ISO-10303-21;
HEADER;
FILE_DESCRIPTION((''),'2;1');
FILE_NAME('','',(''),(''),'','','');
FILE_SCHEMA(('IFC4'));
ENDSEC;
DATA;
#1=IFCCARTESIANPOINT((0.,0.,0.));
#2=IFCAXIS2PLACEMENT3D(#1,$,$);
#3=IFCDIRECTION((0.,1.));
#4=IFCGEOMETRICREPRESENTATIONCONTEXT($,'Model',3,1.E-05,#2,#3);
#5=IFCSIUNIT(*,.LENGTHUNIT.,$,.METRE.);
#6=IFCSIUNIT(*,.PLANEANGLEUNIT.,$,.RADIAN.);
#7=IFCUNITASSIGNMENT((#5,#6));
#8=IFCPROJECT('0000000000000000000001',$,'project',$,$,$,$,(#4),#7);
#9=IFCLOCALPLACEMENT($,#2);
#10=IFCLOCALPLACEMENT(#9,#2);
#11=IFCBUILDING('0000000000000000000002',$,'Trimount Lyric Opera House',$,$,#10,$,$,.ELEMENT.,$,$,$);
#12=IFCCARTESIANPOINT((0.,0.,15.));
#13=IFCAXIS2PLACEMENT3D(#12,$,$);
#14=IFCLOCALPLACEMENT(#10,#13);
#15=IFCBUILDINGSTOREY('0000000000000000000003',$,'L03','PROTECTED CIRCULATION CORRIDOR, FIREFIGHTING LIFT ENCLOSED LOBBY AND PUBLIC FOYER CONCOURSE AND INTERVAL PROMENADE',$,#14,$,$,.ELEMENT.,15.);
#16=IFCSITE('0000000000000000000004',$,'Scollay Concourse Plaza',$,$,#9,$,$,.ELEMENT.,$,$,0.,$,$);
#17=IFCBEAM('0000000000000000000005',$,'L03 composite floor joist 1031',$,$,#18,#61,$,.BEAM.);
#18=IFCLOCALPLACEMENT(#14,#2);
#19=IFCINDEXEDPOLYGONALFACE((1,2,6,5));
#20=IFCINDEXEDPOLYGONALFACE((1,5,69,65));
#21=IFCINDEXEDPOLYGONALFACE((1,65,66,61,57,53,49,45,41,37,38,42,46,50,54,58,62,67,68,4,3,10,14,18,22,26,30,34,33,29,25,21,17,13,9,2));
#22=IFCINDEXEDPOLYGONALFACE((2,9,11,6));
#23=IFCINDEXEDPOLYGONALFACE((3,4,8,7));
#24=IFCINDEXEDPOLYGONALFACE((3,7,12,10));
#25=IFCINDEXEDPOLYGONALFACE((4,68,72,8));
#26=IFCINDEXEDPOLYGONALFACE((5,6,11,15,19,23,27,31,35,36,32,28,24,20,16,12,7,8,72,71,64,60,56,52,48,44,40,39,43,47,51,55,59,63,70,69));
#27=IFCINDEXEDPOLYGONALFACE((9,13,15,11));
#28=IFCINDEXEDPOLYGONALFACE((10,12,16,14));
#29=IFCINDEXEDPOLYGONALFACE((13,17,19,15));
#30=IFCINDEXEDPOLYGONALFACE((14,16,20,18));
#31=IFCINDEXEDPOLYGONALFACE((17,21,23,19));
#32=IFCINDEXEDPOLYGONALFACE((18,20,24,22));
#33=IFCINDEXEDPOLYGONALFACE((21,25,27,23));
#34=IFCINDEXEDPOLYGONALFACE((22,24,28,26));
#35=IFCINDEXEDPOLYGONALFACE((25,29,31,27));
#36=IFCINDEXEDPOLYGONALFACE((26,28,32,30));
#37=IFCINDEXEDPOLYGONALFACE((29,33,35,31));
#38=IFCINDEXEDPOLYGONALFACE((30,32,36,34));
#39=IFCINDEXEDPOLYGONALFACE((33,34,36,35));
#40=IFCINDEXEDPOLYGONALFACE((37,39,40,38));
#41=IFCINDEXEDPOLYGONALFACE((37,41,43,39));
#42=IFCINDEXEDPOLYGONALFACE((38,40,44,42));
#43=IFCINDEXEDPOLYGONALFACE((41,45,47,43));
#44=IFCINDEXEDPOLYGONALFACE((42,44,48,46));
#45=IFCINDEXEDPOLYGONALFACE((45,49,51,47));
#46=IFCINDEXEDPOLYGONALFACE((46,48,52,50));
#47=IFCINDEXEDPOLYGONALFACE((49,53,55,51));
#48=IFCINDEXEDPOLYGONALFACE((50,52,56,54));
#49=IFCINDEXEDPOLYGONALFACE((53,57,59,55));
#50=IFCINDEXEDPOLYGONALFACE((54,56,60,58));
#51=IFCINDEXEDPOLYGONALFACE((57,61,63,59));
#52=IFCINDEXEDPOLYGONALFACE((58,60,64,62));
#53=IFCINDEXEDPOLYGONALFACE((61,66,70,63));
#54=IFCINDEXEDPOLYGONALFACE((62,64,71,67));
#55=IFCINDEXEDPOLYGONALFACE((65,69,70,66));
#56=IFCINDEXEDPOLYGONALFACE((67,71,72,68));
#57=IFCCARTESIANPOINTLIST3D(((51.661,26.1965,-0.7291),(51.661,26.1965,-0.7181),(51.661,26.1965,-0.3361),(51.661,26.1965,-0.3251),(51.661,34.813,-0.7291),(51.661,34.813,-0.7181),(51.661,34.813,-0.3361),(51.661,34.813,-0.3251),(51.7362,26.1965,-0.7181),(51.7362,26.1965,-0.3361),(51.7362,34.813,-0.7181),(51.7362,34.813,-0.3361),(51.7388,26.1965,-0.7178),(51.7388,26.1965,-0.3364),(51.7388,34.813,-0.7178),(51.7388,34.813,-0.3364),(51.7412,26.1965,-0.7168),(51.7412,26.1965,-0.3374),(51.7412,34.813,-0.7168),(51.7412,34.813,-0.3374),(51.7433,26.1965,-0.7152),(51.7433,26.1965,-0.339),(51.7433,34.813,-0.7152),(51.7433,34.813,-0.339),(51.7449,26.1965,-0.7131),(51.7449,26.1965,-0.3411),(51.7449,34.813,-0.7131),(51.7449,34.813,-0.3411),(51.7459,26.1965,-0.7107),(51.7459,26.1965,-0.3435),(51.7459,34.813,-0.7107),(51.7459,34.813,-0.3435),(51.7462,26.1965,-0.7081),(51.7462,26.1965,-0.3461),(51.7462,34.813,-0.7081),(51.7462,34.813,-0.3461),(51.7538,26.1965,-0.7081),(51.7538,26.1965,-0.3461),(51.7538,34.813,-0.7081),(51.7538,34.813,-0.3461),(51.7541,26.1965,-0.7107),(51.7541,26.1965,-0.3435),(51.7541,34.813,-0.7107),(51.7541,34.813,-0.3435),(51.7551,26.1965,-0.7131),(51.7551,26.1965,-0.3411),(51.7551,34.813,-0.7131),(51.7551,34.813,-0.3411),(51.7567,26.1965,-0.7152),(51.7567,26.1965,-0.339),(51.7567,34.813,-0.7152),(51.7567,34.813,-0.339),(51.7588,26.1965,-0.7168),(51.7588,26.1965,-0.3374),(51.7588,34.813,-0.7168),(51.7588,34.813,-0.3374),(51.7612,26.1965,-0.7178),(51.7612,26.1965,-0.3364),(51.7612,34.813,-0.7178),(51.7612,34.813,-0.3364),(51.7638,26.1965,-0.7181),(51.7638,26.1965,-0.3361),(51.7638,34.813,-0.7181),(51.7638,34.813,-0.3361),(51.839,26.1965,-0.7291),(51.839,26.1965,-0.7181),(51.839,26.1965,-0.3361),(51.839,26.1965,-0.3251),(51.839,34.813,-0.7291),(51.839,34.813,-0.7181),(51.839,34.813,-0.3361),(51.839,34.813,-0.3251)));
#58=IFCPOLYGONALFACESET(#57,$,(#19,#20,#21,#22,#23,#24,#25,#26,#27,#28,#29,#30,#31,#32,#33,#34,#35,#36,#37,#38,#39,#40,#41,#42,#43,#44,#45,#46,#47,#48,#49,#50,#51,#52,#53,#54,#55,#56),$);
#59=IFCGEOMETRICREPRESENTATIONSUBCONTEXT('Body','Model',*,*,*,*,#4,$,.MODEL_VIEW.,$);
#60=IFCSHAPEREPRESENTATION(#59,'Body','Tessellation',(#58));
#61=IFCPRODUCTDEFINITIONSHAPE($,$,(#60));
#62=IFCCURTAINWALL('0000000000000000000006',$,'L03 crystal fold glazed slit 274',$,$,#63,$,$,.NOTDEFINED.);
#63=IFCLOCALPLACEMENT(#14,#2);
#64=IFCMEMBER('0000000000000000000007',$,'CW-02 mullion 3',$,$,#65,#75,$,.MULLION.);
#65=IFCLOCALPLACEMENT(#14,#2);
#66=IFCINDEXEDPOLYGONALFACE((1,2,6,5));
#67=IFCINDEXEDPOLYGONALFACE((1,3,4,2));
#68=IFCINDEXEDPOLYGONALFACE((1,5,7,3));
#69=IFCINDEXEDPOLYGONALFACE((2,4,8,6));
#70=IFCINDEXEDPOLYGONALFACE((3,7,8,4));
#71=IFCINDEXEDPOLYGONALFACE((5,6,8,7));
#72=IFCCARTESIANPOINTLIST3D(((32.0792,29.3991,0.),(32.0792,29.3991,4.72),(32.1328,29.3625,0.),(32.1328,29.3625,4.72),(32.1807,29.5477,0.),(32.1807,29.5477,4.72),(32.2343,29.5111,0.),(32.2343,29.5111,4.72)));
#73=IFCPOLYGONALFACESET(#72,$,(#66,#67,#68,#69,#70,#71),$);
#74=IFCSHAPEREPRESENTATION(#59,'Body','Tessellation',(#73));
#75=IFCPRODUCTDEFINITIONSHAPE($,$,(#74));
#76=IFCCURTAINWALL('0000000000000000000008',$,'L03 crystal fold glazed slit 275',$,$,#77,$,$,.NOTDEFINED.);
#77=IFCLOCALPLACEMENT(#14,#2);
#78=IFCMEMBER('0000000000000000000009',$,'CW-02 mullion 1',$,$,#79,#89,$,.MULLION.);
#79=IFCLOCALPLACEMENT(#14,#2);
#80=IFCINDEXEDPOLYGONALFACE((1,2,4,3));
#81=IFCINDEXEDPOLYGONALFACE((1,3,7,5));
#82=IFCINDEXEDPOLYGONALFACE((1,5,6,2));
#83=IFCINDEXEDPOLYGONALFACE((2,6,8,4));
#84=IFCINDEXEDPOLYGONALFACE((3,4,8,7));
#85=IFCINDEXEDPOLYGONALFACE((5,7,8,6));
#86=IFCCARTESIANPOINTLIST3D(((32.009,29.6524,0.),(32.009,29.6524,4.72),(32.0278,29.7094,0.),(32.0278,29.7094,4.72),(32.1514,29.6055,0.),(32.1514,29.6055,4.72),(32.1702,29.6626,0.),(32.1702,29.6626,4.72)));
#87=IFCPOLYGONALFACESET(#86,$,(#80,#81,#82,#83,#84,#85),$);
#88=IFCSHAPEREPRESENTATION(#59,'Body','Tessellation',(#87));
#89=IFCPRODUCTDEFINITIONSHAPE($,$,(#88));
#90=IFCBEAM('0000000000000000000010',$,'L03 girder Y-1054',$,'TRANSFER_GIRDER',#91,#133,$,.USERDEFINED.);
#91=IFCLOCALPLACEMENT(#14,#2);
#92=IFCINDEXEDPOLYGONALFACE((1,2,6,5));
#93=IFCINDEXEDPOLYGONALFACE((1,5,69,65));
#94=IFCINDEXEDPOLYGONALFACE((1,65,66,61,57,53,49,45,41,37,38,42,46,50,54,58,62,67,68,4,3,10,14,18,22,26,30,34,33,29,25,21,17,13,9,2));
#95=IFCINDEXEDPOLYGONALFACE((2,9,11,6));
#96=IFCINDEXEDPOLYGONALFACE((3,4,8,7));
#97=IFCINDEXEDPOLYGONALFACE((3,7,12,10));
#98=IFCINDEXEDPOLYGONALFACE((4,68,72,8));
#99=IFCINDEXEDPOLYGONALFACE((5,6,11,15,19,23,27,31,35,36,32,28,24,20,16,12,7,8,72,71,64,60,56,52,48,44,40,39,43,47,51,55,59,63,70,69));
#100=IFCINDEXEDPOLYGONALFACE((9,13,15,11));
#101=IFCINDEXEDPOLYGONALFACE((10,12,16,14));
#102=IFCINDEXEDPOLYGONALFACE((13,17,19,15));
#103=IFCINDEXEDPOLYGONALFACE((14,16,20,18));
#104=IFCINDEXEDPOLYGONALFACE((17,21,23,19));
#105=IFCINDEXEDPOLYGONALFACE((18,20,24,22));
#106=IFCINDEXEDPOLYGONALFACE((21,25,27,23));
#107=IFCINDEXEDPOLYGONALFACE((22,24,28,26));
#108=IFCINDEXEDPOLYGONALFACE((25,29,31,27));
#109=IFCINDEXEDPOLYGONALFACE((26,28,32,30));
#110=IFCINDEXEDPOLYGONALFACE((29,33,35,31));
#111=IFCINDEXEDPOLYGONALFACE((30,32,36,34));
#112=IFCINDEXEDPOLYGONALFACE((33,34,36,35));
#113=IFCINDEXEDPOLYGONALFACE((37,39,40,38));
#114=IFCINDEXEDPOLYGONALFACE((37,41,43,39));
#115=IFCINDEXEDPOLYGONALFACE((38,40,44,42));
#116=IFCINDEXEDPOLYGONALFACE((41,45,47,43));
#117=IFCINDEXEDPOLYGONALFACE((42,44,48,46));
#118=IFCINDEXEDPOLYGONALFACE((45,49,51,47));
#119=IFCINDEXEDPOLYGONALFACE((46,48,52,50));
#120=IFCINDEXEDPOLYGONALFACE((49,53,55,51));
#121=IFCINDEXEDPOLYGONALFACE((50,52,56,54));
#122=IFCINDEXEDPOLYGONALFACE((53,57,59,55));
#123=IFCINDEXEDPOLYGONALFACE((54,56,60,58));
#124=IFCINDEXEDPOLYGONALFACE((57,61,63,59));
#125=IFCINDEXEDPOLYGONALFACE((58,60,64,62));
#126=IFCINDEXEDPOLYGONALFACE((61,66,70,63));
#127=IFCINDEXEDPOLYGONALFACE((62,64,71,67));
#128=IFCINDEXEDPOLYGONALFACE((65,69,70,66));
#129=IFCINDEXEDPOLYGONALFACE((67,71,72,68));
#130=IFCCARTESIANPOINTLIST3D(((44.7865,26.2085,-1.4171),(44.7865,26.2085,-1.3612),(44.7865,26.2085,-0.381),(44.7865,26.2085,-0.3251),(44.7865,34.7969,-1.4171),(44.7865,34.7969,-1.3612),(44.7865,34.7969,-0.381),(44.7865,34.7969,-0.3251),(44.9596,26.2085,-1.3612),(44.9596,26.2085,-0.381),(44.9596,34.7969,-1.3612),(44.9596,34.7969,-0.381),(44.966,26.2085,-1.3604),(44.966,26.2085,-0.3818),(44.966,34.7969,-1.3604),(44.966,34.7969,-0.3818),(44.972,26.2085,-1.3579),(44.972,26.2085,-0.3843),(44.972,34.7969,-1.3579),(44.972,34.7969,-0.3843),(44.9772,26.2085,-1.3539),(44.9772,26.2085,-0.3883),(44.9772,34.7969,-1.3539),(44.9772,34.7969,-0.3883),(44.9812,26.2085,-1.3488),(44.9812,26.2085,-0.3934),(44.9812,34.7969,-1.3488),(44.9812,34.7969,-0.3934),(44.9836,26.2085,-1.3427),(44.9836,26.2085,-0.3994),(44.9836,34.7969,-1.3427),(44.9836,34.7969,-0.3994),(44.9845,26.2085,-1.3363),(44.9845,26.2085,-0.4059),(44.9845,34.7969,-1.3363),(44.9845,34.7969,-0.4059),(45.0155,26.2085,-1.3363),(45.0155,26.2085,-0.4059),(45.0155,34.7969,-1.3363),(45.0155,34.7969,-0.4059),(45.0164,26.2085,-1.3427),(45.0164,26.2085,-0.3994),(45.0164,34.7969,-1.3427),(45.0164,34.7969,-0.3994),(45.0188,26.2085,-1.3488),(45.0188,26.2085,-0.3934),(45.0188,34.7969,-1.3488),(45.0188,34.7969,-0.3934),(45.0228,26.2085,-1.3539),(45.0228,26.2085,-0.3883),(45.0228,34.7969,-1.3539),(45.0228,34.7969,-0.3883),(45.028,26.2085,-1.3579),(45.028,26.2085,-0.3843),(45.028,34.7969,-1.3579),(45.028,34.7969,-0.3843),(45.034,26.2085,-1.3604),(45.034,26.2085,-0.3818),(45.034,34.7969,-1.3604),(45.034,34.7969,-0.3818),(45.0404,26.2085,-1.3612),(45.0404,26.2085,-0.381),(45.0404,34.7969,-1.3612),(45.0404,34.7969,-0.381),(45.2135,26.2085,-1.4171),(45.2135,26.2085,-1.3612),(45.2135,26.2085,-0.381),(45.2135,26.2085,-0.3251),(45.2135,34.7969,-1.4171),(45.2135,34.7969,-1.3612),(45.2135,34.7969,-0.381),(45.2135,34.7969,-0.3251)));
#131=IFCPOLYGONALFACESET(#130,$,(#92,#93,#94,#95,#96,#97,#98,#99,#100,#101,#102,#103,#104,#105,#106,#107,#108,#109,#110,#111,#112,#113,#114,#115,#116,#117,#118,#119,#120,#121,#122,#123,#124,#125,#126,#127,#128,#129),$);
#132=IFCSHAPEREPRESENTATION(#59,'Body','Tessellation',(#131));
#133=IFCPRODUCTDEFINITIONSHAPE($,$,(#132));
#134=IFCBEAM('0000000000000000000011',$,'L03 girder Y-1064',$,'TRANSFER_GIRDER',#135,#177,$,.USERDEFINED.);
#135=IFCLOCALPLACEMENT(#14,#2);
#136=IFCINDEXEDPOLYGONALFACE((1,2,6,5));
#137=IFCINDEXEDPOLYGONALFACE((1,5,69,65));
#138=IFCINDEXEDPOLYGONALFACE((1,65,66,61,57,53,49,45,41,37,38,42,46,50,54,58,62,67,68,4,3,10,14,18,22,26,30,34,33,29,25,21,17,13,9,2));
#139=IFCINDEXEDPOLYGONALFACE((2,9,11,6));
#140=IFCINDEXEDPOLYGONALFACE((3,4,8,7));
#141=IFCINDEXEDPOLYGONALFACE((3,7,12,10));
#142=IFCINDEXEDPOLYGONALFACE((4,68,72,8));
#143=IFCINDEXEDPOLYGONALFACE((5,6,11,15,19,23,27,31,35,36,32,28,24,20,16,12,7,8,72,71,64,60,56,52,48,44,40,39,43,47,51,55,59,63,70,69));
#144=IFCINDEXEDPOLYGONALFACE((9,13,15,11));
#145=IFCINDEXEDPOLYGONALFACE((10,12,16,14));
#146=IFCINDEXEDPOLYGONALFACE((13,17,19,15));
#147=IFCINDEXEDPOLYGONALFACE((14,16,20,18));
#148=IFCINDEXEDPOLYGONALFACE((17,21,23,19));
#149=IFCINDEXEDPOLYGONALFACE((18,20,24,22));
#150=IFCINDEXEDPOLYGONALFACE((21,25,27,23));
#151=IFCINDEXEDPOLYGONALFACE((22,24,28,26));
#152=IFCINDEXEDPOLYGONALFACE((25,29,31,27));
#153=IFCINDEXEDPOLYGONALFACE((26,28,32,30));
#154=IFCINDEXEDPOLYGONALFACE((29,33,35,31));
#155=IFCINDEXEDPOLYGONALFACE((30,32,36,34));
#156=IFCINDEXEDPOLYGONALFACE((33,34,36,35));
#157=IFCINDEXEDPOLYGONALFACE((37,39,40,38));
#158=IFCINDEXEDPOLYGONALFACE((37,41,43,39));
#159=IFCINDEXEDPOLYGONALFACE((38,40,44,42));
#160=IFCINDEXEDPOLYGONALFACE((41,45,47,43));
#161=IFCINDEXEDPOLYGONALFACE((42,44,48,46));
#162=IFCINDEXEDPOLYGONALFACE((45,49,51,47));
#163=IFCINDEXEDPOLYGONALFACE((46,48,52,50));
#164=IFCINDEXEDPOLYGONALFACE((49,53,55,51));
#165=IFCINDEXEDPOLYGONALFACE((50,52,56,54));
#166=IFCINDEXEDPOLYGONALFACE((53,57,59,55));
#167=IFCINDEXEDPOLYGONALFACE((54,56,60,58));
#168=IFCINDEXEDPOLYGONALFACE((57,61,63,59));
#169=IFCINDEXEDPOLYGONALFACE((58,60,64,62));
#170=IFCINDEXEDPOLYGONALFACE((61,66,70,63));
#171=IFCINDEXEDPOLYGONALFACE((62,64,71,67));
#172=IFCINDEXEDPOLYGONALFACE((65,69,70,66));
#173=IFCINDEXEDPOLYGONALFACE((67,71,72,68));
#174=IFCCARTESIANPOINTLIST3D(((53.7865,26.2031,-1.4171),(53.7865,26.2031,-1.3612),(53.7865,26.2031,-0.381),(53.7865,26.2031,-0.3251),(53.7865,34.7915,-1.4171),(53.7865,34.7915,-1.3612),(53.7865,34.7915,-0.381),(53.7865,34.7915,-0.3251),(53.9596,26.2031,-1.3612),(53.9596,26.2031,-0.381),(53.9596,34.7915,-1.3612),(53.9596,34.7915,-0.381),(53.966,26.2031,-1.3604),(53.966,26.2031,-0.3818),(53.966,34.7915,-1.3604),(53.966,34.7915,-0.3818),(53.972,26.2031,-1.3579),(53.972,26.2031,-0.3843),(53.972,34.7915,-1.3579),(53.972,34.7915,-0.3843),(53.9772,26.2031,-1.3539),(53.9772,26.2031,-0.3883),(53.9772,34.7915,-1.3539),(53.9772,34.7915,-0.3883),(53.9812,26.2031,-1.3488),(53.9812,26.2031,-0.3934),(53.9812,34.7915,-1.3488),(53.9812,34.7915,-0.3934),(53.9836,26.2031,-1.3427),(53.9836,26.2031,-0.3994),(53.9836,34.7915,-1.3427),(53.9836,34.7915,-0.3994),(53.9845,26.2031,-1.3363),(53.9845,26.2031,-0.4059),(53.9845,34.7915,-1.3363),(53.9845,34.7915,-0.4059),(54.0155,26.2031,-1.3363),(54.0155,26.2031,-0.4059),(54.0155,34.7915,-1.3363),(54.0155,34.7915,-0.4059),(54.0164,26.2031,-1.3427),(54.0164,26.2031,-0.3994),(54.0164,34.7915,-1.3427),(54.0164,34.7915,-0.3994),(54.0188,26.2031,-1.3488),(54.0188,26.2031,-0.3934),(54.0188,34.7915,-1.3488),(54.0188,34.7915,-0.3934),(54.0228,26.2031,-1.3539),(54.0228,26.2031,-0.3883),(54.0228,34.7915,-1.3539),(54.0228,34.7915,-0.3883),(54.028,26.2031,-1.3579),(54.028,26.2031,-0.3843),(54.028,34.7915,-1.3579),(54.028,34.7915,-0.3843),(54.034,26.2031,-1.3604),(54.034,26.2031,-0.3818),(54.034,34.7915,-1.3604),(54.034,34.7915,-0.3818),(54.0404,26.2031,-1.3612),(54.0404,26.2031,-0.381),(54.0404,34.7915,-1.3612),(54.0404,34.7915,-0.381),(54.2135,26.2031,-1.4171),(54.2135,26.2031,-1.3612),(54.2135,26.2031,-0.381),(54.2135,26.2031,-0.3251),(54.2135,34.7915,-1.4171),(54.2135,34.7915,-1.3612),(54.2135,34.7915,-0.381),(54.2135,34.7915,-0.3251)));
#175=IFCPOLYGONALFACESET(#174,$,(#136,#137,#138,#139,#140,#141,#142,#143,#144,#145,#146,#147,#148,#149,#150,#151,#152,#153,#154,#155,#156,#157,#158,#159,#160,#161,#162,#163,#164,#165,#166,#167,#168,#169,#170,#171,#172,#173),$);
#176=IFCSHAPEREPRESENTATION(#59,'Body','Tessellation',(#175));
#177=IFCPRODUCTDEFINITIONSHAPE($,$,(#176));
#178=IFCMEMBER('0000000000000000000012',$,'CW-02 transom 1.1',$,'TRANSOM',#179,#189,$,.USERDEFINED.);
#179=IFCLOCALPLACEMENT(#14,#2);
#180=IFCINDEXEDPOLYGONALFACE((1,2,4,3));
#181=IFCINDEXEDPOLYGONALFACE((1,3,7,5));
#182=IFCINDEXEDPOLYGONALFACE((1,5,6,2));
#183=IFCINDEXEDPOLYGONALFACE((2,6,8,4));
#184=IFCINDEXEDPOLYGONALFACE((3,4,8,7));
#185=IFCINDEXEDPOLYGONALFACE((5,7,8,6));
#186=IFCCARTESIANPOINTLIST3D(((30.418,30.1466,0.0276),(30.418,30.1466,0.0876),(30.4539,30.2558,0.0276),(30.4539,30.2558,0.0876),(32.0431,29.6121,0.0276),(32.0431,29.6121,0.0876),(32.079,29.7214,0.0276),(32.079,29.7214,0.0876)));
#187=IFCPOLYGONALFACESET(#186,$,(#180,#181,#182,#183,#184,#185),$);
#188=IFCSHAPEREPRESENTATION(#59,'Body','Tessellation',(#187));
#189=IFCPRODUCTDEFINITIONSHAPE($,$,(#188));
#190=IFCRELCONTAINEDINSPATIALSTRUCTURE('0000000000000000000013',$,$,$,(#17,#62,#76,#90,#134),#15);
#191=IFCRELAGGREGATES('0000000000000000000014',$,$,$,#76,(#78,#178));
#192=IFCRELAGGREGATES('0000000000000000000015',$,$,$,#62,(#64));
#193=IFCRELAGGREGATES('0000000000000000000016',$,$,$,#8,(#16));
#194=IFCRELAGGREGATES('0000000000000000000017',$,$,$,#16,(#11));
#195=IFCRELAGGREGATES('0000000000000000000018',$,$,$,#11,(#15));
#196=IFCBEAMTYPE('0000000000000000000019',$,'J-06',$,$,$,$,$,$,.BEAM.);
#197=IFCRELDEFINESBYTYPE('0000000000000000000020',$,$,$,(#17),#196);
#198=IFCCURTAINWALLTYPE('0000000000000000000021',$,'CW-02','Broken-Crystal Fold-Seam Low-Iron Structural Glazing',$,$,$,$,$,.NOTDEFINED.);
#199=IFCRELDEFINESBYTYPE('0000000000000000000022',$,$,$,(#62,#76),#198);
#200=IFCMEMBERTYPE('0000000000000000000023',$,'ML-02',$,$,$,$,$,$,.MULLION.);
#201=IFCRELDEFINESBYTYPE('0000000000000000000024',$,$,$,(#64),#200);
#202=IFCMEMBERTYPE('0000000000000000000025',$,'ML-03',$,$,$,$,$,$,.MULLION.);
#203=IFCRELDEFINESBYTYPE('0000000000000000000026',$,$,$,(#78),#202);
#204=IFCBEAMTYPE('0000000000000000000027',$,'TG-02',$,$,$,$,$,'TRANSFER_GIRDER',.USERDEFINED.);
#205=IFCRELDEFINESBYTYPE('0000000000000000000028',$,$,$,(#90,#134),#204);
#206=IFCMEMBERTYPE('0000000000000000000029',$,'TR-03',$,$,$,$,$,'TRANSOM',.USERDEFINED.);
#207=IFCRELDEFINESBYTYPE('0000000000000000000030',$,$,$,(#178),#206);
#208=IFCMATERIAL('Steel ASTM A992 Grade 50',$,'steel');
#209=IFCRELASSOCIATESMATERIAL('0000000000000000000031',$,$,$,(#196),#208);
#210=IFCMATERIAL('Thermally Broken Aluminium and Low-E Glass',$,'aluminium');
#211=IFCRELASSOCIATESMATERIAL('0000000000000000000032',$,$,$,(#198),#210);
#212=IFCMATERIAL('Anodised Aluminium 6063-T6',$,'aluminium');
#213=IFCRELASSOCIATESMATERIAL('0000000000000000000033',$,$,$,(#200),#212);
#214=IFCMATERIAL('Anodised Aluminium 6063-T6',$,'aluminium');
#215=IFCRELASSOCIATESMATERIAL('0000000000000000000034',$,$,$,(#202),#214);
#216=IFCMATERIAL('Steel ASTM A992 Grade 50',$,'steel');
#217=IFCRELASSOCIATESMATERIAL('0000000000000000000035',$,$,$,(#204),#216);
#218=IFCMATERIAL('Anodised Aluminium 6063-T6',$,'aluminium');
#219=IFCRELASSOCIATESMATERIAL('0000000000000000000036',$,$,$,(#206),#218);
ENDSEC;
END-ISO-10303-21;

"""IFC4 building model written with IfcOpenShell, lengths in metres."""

from ifc_helpers import new_model, si_unit, direction, frame, origin, origin_2d, place, context, subcontext, project, spatial, rectangle, i_section, extrude, material, material_profile, profile_set, type_object, element, aggregate, save


model = new_model("IFC4")

# Units and contexts
model_context = context("Model", 3, precision=1e-05, world=origin(), true_north=direction((0.0, 1.0)))
body_context = subcontext(model_context, "Body", "Model", "MODEL_VIEW")
ifc_project = project(units=[si_unit("LENGTHUNIT", "METRE"), si_unit("PLANEANGLEUNIT", "RADIAN")], contexts=[model_context])

# Site, building, storey
site_placement = place(None, origin())
site = spatial("IfcSite", under=ifc_project, at=site_placement, Name="Scollay Concourse Plaza", CompositionType="ELEMENT", RefElevation=0.0)
building_placement = place(site_placement, origin())
building = spatial("IfcBuilding", under=site, at=building_placement, Name="Trimount Lyric Opera House", CompositionType="ELEMENT")
storey_placement = place(building_placement, frame((0.0, 0.0, 15.0)))
storey = spatial("IfcBuildingStorey", under=building, at=storey_placement, Name="L03", Description="PROTECTED CIRCULATION CORRIDOR, FIREFIGHTING LIFT ENCLOSED LOBBY AND PUBLIC FOYER CONCOURSE AND INTERVAL PROMENADE", CompositionType="ELEMENT", Elevation=15.0)

# Beam
ifc_material_1 = material(Name="Steel ASTM A992 Grade 50", Category="steel")
ifc_material_profile_1 = material_profile(ifc_material_1, i_section(OverallWidth=0.178, OverallDepth=0.4041, WebThickness=0.0076, FlangeThickness=0.011, FilletRadius=0.01, at=origin_2d()), Name="W16X36")
ifc_profile_set_1 = profile_set([ifc_material_profile_1], Name="Steel ASTM A992 Grade 50")
beam_type_1 = type_object("IfcBeamType", Name="J-06", PredefinedType="BEAM", material=ifc_profile_set_1)
beam_1_placement = place(storey_placement, frame((51.75, 26.1965, -0.5271), z_axis=(0.0, 1.0, 0.0), x_axis=(-1.0, 0.0, 0.0)))
element("IfcBeam", 1, at=beam_1_placement, inside=storey, type_object=beam_type_1, Name="L03 composite floor joist 1031", PredefinedType="BEAM", context=body_context, shape_type="SweptSolid", body=[
    extrude(i_section(OverallWidth=0.178, OverallDepth=0.4041, WebThickness=0.0076, FlangeThickness=0.011, FilletRadius=0.01, at=origin_2d()), origin(), (0.0, 0.0, 1.0), 8.6165),
])

# Curtain walls, members
ifc_material_2 = material(Name="Thermally Broken Aluminium and Low-E Glass", Category="aluminium")
curtain_wall_type = type_object("IfcCurtainWallType", Name="CW-02", Description="Broken-Crystal Fold-Seam Low-Iron Structural Glazing", PredefinedType="NOTDEFINED", material=ifc_material_2)
curtain_wall_1_placement = place(storey_placement, origin())
curtain_wall_1 = element("IfcCurtainWall", 2, at=curtain_wall_1_placement, inside=storey, type_object=curtain_wall_type, Name="L03 crystal fold glazed slit 274", PredefinedType="NOTDEFINED")
ifc_material_3 = material(Name="Anodised Aluminium 6063-T6", Category="aluminium")
ifc_material_profile_2 = material_profile(ifc_material_3, rectangle(XDim=0.0649, YDim=0.1799, at=origin_2d()), Name="ALU-MULL-65X180")
ifc_profile_set_2 = profile_set([ifc_material_profile_2], Name="Anodised Aluminium 6063-T6")
member_type_1 = type_object("IfcMemberType", Name="ML-02", PredefinedType="MULLION", material=ifc_profile_set_2)
member_1_placement = place(storey_placement, frame((32.1567, 29.4551, 0.0), z_axis=(0.0, 0.0, 1.0), x_axis=(-0.825801, 0.563962, 0.0)))
member_1 = element("IfcMember", 3, at=member_1_placement, type_object=member_type_1, Name="CW-02 mullion 3", PredefinedType="MULLION", context=body_context, shape_type="SweptSolid", body=[
    extrude(rectangle(XDim=0.0649, YDim=0.1799, at=origin_2d()), origin(), (0.0, 0.0, 1.0), 4.72),
])
curtain_wall_2_placement = place(storey_placement, origin())
curtain_wall_2 = element("IfcCurtainWall", 4, at=curtain_wall_2_placement, inside=storey, type_object=curtain_wall_type, Name="L03 crystal fold glazed slit 275", PredefinedType="NOTDEFINED")
ifc_material_4 = material(Name="Anodised Aluminium 6063-T6", Category="aluminium")
ifc_material_profile_3 = material_profile(ifc_material_4, rectangle(XDim=0.0601, YDim=0.1499, at=origin_2d()), Name="ALU-MULL-60X150")
ifc_profile_set_3 = profile_set([ifc_material_profile_3], Name="Anodised Aluminium 6063-T6")
member_type_2 = type_object("IfcMemberType", Name="ML-03", PredefinedType="MULLION", material=ifc_profile_set_3)
member_2_placement = place(storey_placement, frame((32.0896, 29.6575, 0.0), z_axis=(0.0, 0.0, 1.0), x_axis=(-0.312456, -0.949932, 0.0)))
member_2 = element("IfcMember", 5, at=member_2_placement, type_object=member_type_2, Name="CW-02 mullion 1", PredefinedType="MULLION", context=body_context, shape_type="SweptSolid", body=[
    extrude(rectangle(XDim=0.0601, YDim=0.1499, at=origin_2d()), origin(), (0.0, 0.0, 1.0), 4.72),
])

# Beams
ifc_material_5 = material(Name="Steel ASTM A992 Grade 50", Category="steel")
ifc_material_profile_4 = material_profile(ifc_material_5, i_section(OverallWidth=0.427, OverallDepth=1.092, WebThickness=0.031, FlangeThickness=0.0559, FilletRadius=0.0249, at=origin_2d()), Name="W40X397")
ifc_profile_set_4 = profile_set([ifc_material_profile_4], Name="Steel ASTM A992 Grade 50")
beam_type_2 = type_object("IfcBeamType", Name="TG-02", ElementType="TRANSFER_GIRDER", PredefinedType="USERDEFINED", material=ifc_profile_set_4)
for number, where, z_axis, x_axis, name in (
    (6, (45.0, 26.2085, -0.8711), (0.0, 1.0, 0.0), (-1.0, 0.0, 0.0), "L03 girder Y-1054"),
    (7, (54.0, 26.2031, -0.8711), (0.0, 1.0, 0.0), (-1.0, 0.0, 0.0), "L03 girder Y-1064"),
):
    element("IfcBeam", number, at=place(storey_placement, frame(where, z_axis=z_axis, x_axis=x_axis)), inside=storey, type_object=beam_type_2, Name=name, ObjectType="TRANSFER_GIRDER", PredefinedType="USERDEFINED", context=body_context, shape_type="SweptSolid", body=[
        extrude(i_section(OverallWidth=0.427, OverallDepth=1.092, WebThickness=0.031, FlangeThickness=0.0559, FilletRadius=0.0249, at=origin_2d()), origin(), (0.0, 0.0, 1.0), 8.5884),
    ])

# Member
ifc_material_6 = material(Name="Anodised Aluminium 6063-T6", Category="aluminium")
ifc_material_profile_5 = material_profile(ifc_material_6, rectangle(XDim=0.115, YDim=0.0601, at=origin_2d()), Name="ALU-TRAN-60X115")
ifc_profile_set_5 = profile_set([ifc_material_profile_5], Name="Anodised Aluminium 6063-T6")
member_type_3 = type_object("IfcMemberType", Name="TR-03", ElementType="TRANSOM", PredefinedType="USERDEFINED", material=ifc_profile_set_5)
member_3_placement = place(storey_placement, frame((32.061, 29.6667, 0.0576), z_axis=(-0.949946, 0.312415, 0.0), x_axis=(-0.312415, -0.949946, 0.0)))
member_3 = element("IfcMember", 8, at=member_3_placement, type_object=member_type_3, Name="CW-02 transom 1.1", ObjectType="TRANSOM", PredefinedType="USERDEFINED", context=body_context, shape_type="SweptSolid", body=[
    extrude(rectangle(XDim=0.115, YDim=0.0601, at=origin_2d()), origin(), (0.0, 0.0, 1.0), 1.7107),
])
aggregate(curtain_wall_2, [member_2, member_3])

aggregate(curtain_wall_1, [member_1])

save(model, "model.ifc")
